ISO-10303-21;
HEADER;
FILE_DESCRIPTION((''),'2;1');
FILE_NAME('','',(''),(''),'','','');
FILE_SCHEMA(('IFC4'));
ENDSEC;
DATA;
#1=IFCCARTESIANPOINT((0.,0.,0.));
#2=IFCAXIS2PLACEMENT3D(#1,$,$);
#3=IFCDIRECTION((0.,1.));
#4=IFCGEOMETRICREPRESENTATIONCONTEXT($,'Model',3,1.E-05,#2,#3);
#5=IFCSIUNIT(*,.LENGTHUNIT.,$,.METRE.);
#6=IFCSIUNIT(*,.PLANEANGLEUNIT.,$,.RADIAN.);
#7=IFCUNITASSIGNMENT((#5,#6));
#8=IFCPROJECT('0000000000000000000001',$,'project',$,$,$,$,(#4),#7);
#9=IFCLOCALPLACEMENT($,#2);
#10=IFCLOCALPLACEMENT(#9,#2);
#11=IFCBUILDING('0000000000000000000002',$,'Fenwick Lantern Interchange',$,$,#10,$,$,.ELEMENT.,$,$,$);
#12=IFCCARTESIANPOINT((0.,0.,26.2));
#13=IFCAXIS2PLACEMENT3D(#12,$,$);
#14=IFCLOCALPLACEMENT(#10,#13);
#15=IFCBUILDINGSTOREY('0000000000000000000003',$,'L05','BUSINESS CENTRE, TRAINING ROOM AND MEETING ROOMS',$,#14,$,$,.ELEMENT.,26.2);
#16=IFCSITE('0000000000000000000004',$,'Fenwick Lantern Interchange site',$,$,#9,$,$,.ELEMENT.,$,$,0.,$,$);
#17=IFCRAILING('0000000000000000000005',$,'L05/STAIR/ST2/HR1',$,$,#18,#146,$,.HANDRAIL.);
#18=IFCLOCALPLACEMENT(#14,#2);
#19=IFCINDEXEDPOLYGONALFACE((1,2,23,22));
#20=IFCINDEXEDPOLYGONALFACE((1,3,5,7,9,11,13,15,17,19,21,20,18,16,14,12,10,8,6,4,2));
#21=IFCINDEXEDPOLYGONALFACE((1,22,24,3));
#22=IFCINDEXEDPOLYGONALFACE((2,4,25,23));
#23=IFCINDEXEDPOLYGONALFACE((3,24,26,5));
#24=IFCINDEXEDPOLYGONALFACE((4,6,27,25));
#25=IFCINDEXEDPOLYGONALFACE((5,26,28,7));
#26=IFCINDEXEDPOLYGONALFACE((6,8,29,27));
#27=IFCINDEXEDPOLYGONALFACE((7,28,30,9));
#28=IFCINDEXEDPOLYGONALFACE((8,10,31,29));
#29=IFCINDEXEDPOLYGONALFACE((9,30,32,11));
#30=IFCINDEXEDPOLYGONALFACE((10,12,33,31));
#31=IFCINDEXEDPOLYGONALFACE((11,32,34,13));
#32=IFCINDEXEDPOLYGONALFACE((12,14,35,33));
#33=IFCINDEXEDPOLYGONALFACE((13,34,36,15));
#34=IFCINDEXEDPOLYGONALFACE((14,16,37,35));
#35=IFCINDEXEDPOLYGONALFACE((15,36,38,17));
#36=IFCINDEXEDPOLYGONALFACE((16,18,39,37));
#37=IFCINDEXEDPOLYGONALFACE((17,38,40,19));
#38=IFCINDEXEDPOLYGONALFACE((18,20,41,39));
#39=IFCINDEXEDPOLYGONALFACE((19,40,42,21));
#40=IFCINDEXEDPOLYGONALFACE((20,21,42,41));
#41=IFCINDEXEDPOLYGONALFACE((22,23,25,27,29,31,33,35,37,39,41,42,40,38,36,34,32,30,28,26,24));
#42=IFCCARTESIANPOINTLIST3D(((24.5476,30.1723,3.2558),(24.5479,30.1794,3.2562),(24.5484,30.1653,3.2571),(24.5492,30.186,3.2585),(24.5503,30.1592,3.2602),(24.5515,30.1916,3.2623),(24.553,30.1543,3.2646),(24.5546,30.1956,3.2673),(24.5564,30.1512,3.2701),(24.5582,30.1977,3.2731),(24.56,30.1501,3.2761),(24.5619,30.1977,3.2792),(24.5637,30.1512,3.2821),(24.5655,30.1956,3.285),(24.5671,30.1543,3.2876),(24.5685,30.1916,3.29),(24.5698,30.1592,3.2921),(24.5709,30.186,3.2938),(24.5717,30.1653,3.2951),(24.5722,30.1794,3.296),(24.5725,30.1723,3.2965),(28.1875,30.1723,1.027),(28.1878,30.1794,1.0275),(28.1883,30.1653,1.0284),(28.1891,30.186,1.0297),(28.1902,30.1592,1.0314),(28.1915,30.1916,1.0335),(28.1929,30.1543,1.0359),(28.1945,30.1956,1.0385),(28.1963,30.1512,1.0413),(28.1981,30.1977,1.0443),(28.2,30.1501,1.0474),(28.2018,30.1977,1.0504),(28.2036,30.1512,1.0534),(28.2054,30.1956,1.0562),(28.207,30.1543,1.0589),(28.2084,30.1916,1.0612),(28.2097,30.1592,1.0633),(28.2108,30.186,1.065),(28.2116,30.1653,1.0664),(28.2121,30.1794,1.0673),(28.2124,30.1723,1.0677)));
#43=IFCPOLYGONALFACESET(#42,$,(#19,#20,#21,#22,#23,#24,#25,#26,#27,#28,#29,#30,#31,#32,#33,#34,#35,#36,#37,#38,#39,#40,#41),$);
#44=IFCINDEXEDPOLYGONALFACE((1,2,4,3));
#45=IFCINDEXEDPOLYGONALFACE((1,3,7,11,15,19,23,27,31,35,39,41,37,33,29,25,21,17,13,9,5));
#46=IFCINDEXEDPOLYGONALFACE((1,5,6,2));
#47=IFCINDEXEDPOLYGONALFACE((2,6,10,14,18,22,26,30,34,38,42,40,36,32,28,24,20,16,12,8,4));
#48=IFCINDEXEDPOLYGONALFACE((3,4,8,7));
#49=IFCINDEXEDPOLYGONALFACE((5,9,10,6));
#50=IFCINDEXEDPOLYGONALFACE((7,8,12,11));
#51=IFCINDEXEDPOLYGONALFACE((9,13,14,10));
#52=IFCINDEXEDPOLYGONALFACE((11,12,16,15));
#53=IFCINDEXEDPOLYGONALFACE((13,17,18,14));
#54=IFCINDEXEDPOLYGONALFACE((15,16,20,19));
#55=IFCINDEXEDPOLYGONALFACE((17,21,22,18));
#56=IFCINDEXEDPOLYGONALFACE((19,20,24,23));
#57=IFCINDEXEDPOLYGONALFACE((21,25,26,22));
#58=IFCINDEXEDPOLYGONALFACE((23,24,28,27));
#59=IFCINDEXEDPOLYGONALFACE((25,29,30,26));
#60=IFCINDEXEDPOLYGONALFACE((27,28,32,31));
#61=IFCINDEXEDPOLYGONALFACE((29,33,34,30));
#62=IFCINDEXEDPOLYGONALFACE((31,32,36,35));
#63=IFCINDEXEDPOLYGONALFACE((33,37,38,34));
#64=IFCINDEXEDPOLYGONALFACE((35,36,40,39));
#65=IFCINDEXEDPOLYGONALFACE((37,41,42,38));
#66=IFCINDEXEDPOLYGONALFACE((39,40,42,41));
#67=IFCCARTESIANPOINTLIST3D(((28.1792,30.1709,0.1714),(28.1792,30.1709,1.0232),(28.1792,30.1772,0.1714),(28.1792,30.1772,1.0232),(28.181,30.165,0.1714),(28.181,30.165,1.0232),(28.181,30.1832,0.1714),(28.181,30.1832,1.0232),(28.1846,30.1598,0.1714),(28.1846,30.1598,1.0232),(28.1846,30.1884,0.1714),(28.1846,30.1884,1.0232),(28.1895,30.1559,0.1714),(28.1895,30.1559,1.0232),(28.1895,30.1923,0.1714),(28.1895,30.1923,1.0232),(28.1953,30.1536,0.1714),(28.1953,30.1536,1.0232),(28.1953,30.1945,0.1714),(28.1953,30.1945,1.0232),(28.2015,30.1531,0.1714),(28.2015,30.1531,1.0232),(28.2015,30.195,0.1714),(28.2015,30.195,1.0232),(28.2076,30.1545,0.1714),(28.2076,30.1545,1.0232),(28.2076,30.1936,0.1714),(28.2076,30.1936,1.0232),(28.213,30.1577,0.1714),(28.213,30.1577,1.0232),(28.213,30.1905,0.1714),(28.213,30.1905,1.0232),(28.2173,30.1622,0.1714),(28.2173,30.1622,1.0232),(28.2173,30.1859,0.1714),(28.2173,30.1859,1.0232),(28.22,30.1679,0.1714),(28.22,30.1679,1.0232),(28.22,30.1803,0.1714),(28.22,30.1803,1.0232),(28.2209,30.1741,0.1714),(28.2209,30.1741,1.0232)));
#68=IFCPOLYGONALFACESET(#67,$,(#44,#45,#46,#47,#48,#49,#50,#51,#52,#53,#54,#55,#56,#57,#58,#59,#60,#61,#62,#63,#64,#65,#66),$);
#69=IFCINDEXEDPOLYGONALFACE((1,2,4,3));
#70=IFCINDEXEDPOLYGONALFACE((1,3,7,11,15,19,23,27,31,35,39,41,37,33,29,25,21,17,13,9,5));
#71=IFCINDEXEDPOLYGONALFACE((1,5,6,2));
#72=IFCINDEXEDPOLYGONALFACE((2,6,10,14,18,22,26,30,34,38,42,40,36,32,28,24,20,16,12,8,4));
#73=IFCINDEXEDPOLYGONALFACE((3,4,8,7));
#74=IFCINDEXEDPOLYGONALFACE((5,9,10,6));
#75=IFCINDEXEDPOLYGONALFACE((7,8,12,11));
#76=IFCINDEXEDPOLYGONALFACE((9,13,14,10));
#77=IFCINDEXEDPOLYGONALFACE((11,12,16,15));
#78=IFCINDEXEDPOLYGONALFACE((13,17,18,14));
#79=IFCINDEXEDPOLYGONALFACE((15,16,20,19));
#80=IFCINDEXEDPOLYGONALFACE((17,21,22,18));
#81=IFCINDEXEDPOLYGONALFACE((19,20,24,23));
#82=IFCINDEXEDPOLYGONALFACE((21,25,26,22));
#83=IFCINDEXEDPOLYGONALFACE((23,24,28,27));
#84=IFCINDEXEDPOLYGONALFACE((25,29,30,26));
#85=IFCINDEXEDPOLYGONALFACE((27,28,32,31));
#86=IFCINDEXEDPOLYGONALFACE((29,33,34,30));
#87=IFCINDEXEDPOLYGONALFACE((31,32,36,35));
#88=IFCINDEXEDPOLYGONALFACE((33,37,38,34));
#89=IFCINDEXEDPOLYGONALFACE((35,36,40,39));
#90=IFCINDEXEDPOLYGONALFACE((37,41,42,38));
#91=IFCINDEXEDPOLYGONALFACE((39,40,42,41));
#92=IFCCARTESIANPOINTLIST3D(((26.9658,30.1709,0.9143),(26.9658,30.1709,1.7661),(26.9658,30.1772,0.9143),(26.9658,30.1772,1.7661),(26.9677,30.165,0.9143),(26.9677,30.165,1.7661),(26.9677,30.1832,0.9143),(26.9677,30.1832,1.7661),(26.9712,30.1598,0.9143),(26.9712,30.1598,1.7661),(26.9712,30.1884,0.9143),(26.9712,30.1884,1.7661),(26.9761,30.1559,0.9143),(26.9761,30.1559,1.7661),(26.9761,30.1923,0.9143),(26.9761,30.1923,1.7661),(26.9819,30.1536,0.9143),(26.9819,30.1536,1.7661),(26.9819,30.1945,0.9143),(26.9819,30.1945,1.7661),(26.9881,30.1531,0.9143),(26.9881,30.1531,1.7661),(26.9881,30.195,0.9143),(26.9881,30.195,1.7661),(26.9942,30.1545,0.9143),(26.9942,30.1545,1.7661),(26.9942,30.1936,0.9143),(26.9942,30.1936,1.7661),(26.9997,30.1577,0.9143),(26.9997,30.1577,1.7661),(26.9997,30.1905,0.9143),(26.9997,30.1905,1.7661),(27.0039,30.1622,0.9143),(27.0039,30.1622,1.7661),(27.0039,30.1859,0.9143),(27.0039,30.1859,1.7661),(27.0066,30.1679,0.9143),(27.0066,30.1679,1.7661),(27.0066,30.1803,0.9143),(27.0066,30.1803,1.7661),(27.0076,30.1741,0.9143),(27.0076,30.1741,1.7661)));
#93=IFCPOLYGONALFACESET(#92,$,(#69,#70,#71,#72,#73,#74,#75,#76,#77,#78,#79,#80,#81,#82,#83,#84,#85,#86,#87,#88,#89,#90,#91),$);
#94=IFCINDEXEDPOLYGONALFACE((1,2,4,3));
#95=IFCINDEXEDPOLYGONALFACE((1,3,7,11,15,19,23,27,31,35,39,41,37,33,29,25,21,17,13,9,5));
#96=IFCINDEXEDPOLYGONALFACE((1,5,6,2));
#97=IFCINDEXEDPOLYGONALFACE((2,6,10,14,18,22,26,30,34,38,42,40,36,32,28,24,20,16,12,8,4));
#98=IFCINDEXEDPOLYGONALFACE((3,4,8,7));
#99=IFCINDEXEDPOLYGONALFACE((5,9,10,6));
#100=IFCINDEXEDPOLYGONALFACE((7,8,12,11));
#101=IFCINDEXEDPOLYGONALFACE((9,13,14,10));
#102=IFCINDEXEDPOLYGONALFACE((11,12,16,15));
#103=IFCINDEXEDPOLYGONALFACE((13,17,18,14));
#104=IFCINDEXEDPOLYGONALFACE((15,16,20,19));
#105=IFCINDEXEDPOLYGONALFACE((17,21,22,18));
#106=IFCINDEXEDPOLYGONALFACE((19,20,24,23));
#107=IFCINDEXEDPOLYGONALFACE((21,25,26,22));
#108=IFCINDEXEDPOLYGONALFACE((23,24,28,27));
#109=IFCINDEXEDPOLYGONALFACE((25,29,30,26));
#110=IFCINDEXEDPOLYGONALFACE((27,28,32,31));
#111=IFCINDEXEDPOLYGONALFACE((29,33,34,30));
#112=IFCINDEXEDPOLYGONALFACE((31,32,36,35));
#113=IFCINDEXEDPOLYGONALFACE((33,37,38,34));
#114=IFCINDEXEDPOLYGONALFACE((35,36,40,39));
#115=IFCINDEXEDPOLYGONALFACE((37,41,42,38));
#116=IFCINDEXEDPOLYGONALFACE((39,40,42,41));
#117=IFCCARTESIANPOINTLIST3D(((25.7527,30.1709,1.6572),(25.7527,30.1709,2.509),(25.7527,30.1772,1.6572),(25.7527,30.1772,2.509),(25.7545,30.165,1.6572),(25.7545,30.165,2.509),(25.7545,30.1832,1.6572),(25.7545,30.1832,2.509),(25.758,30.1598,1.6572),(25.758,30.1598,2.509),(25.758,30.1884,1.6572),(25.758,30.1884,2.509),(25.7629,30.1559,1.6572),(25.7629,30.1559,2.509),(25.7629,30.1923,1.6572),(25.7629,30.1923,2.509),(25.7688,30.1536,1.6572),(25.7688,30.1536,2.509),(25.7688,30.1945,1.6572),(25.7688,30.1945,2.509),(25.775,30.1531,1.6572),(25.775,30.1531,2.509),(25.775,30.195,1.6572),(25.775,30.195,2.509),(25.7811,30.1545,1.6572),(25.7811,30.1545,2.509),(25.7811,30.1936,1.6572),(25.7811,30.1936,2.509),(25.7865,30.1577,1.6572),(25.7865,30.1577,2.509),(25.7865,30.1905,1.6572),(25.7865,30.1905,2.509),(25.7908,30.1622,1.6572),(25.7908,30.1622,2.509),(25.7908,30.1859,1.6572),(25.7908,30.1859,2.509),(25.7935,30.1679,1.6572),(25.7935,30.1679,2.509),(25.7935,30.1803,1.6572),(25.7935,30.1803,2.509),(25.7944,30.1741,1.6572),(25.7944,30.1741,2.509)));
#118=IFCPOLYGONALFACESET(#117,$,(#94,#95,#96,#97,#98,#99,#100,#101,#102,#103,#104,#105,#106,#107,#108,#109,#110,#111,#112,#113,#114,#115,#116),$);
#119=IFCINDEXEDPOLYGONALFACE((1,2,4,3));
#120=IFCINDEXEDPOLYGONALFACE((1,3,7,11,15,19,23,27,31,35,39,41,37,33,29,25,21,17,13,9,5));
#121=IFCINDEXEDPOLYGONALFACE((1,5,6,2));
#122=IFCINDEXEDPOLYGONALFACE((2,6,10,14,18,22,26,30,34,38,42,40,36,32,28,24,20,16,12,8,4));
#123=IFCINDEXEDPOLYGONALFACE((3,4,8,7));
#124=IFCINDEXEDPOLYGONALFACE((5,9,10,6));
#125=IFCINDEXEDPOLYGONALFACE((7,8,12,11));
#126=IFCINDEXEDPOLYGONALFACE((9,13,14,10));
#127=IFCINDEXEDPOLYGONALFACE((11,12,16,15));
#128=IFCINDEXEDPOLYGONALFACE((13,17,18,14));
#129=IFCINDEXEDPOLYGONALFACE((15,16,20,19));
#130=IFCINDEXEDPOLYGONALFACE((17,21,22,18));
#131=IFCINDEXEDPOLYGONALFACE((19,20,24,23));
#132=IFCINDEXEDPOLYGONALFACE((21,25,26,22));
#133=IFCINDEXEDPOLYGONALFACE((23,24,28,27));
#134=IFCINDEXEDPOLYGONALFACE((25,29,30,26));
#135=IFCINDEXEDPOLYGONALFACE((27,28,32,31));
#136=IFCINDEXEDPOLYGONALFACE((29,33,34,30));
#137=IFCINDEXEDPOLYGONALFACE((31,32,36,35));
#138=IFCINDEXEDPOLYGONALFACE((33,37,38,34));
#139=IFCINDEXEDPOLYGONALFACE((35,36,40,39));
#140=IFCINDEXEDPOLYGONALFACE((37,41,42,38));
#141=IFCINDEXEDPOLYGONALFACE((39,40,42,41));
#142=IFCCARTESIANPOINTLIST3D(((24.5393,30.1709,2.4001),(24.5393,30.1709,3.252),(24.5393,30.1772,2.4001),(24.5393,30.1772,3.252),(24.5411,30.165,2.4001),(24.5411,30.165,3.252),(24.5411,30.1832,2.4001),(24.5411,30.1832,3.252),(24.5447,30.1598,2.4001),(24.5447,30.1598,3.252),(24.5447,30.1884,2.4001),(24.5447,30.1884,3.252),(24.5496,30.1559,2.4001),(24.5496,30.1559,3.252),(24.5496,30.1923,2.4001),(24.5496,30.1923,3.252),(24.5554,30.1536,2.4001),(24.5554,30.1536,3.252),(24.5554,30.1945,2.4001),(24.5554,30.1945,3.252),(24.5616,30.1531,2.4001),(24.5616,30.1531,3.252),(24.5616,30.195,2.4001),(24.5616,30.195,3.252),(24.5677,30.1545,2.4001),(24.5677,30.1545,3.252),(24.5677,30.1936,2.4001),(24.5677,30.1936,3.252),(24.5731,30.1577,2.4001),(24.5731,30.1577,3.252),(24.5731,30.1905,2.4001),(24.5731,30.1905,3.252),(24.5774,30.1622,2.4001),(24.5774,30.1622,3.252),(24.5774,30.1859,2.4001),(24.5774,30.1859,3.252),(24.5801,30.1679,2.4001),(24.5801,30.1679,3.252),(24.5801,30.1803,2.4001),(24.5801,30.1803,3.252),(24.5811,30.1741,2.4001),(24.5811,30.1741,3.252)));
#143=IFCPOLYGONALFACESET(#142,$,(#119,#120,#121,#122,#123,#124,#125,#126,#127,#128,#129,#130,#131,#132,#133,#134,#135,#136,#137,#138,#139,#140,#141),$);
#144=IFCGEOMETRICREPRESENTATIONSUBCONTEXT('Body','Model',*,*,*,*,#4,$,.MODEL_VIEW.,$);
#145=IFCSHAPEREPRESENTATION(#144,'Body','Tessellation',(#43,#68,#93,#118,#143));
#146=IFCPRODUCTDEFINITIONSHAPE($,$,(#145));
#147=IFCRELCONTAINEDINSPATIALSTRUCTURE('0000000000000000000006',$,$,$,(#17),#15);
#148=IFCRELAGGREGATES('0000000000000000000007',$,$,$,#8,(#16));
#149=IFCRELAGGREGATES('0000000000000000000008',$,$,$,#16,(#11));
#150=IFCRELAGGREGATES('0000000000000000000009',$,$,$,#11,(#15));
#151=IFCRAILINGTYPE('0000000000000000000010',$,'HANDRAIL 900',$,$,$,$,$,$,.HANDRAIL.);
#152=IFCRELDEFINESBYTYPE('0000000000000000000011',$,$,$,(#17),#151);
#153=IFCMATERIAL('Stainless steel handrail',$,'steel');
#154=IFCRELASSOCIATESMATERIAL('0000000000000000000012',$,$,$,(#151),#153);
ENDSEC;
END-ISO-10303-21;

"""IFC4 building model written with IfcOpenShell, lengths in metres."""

from ifc_helpers import new_model, si_unit, direction, frame, origin, origin_2d, place, context, subcontext, project, spatial, circle, extrude, material, type_object, element, save


model = new_model("IFC4")

# Units and contexts
model_context = context("Model", 3, precision=1e-05, world=origin(), true_north=direction((0.0, 1.0)))
body_context = subcontext(model_context, "Body", "Model", "MODEL_VIEW")
ifc_project = project(units=[si_unit("LENGTHUNIT", "METRE"), si_unit("PLANEANGLEUNIT", "RADIAN")], contexts=[model_context])

# Site, building, storey
site_placement = place(None, origin())
site = spatial("IfcSite", under=ifc_project, at=site_placement, Name="Fenwick Lantern Interchange site", CompositionType="ELEMENT", RefElevation=0.0)
building_placement = place(site_placement, origin())
building = spatial("IfcBuilding", under=site, at=building_placement, Name="Fenwick Lantern Interchange", CompositionType="ELEMENT")
storey_placement = place(building_placement, frame((0.0, 0.0, 26.2)))
storey = spatial("IfcBuildingStorey", under=building, at=storey_placement, Name="L05", Description="BUSINESS CENTRE, TRAINING ROOM AND MEETING ROOMS", CompositionType="ELEMENT", Elevation=26.2)

# Railing
ifc_material_1 = material(Name="Stainless steel handrail", Category="steel")
railing_type = type_object("IfcRailingType", Name="HANDRAIL 900", PredefinedType="HANDRAIL", material=ifc_material_1)
railing_placement = place(storey_placement, frame((28.2, 30.1741, 0.1714)))
element("IfcRailing", 1, at=railing_placement, inside=storey, type_object=railing_type, Name="L05/STAIR/ST2/HR1", PredefinedType="HANDRAIL", context=body_context, shape_type="SweptSolid", body=[
    extrude(circle(Radius=0.0239, at=origin_2d()), frame((0.0, 0.0, 0.876), z_axis=(-0.852825, 0.0, 0.522197), x_axis=(0.0, -1.0, 0.0)), (0.0, 0.0, 1.0), 4.2681),
    extrude(circle(Radius=0.021, at=origin_2d()), origin(), (0.0, 0.0, 1.0), 0.8518),
    extrude(circle(Radius=0.021, at=origin_2d()), frame((-1.2134, 0.0, 0.7429)), (0.0, 0.0, 1.0), 0.8518),
    extrude(circle(Radius=0.021, at=origin_2d()), frame((-2.4265, 0.0, 1.4858)), (0.0, 0.0, 1.0), 0.8518),
    extrude(circle(Radius=0.021, at=origin_2d()), frame((-3.6399, 0.0, 2.2288)), (0.0, 0.0, 1.0), 0.8518),
])

save(model, "model.ifc")
